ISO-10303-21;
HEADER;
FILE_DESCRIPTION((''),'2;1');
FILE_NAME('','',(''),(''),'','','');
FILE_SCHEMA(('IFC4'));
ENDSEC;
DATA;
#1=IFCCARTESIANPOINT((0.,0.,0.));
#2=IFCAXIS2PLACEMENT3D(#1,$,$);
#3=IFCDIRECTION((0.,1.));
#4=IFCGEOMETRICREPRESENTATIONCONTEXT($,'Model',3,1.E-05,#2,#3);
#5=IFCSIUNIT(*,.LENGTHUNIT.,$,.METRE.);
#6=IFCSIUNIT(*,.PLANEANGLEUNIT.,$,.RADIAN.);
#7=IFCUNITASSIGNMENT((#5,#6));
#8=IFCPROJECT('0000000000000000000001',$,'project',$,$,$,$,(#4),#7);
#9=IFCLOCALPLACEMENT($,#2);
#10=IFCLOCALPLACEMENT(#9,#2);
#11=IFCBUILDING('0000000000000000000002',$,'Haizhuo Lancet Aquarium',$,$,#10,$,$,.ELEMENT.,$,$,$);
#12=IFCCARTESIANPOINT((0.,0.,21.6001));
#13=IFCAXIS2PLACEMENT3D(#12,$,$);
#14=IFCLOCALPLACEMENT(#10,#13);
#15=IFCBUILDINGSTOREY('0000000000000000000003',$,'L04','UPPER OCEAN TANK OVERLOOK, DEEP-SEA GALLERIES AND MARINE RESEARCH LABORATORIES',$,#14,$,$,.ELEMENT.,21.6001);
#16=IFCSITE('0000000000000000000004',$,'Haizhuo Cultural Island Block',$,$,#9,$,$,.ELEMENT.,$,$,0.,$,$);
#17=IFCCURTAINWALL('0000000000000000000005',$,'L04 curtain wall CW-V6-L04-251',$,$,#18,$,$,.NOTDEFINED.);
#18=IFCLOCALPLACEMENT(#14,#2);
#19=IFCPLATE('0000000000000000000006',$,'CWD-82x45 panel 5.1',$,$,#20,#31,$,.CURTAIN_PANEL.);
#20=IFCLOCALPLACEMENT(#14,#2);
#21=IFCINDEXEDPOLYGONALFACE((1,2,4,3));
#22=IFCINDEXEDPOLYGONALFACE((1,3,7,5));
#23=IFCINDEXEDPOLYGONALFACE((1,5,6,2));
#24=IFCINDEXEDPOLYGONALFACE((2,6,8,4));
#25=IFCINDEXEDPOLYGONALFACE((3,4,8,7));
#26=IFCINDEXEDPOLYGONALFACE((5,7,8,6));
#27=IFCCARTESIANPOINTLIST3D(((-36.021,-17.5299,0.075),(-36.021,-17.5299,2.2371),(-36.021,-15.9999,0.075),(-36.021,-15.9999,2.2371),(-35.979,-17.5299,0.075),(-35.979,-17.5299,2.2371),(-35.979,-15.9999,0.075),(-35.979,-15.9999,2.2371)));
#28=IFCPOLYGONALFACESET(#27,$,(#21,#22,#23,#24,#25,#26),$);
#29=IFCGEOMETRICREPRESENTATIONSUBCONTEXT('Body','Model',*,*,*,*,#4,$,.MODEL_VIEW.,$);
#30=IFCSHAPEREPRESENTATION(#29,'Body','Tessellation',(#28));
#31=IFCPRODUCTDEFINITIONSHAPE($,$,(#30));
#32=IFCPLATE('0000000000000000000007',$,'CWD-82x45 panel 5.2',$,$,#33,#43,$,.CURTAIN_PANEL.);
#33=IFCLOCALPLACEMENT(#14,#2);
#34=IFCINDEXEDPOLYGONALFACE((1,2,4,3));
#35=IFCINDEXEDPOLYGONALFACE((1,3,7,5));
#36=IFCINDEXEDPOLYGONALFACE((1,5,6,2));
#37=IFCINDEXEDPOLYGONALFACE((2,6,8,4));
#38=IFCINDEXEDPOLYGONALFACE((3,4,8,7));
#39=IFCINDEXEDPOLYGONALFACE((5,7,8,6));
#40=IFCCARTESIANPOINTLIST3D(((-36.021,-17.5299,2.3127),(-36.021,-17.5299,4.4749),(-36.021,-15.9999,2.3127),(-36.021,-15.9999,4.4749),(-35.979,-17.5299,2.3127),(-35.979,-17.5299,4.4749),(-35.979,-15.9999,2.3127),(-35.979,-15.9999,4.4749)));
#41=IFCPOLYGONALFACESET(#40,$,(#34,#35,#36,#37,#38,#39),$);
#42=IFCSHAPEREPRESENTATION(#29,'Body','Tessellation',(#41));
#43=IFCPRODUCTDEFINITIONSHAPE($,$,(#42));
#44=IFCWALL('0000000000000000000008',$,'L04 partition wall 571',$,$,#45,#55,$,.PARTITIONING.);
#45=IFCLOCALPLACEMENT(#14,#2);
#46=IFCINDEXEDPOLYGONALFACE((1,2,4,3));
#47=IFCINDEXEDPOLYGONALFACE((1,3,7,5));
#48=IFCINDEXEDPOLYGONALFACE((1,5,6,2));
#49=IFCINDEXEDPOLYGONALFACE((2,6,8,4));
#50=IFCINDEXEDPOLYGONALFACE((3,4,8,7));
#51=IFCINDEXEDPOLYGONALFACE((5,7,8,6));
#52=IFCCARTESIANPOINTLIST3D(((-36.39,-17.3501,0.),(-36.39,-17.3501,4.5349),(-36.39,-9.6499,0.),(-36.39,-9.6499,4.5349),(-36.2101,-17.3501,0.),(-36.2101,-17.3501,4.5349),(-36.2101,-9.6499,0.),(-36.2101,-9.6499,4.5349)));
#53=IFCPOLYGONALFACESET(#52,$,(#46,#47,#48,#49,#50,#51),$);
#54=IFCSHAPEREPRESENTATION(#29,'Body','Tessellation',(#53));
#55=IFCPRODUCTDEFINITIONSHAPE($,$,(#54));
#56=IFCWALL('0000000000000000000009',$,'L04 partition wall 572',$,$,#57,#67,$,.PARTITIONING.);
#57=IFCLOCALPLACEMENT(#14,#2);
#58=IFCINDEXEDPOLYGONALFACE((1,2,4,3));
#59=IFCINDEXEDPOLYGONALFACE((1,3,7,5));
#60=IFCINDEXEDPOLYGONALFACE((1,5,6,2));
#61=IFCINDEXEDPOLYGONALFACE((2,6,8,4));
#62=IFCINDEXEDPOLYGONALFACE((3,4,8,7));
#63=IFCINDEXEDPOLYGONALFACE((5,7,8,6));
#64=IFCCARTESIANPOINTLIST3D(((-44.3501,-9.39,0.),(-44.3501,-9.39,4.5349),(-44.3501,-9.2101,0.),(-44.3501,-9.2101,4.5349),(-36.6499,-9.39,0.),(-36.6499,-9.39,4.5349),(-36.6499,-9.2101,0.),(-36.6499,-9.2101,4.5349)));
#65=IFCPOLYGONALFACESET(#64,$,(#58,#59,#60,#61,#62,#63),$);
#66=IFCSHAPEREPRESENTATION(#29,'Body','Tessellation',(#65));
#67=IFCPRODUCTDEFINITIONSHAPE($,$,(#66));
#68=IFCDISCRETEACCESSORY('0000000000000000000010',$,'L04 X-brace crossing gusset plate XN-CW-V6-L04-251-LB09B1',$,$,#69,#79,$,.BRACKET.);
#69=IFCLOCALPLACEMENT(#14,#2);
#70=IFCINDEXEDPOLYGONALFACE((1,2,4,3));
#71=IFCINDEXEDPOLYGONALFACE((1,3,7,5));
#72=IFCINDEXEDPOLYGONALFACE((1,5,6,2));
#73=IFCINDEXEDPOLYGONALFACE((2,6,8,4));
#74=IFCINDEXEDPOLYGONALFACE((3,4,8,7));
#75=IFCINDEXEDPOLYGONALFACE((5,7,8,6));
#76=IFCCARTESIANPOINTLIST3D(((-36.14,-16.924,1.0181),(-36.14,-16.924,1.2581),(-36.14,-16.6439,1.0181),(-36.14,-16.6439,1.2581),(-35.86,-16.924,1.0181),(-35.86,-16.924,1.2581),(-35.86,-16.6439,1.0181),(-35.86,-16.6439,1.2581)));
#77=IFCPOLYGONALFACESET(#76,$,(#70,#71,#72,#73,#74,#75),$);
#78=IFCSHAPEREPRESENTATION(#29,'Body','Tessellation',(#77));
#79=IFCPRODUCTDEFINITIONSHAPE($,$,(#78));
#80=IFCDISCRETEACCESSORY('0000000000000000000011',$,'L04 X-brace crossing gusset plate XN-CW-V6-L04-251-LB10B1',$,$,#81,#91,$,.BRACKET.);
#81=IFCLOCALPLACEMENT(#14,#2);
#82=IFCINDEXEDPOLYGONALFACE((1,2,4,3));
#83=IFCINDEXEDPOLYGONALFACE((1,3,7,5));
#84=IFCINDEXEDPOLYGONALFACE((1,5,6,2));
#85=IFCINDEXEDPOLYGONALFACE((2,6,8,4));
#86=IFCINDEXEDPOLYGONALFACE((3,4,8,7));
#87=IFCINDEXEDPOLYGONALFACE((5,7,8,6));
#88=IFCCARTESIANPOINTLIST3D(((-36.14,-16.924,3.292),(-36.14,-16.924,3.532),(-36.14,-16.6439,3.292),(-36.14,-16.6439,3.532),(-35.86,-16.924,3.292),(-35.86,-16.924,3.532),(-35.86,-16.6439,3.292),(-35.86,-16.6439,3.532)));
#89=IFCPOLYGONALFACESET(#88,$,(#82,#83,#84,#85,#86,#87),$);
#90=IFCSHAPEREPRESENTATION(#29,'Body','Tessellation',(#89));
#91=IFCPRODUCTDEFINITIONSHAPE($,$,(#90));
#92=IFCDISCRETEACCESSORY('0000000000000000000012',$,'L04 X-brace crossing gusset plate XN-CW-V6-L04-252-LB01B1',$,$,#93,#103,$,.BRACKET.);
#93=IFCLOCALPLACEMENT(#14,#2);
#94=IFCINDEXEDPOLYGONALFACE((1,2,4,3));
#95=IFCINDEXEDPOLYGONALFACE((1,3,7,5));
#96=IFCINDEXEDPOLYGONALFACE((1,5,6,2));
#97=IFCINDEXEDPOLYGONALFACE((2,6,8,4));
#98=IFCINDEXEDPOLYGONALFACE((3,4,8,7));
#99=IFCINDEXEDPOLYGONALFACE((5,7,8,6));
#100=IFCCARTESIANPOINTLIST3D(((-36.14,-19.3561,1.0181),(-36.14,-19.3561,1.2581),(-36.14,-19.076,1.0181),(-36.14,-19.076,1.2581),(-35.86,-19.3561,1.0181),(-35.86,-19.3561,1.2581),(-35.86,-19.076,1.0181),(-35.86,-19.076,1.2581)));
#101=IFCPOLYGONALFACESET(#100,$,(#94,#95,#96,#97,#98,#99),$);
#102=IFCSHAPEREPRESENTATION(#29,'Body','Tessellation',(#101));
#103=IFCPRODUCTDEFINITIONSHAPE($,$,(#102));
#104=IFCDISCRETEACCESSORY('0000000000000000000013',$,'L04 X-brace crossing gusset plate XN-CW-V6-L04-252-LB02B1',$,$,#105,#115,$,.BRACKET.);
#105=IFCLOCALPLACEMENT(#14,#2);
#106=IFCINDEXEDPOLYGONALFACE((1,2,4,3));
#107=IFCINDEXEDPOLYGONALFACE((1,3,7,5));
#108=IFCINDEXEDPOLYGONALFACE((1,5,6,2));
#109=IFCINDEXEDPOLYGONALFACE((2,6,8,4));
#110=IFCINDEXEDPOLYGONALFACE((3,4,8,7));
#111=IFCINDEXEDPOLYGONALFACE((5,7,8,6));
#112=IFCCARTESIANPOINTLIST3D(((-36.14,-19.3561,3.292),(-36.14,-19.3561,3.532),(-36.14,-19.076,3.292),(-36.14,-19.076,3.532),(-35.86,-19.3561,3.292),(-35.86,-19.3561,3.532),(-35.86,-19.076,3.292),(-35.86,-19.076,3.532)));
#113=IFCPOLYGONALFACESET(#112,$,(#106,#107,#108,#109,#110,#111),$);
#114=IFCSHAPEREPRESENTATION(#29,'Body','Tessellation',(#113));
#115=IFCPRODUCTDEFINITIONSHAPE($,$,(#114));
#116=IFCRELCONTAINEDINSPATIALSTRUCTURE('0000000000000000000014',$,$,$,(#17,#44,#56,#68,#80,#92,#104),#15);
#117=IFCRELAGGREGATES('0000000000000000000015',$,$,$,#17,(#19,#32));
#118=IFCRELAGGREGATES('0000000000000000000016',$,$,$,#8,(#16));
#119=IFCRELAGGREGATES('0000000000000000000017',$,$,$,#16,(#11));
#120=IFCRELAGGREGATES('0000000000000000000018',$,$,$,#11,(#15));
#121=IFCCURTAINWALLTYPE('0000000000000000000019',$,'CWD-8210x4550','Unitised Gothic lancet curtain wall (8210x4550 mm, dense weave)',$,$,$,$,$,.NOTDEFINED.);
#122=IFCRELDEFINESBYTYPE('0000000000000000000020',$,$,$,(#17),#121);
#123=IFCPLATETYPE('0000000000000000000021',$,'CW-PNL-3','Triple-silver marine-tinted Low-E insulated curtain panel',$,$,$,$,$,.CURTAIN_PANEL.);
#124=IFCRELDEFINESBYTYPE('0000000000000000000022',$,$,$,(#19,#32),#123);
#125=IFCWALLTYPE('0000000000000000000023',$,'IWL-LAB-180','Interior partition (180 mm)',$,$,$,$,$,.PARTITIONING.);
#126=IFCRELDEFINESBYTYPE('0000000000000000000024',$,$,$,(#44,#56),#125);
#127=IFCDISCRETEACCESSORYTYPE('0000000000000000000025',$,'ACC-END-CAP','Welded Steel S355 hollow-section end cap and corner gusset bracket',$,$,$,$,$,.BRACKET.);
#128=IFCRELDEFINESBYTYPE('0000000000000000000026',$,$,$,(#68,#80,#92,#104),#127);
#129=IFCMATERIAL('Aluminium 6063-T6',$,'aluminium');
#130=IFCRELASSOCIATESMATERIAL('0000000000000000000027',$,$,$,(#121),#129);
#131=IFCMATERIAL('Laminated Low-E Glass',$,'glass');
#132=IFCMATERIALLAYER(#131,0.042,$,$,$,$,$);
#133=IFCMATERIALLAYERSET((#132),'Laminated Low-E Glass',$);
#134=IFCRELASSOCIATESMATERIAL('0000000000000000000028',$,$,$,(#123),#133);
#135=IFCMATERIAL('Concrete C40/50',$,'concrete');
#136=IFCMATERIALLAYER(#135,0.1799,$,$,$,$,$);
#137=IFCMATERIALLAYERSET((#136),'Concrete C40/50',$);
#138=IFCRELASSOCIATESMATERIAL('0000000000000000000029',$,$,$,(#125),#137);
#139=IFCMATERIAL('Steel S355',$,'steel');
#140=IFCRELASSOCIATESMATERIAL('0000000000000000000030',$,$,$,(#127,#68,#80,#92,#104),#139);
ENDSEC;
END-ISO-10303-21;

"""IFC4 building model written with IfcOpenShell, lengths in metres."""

from ifc_helpers import new_model, si_unit, direction, frame, frame_2d, origin, origin_2d, place, context, subcontext, project, spatial, rectangle, extrude, material, layer, layer_set, type_object, element, aggregate, save


model = new_model("IFC4")

# Units and contexts
model_context = context("Model", 3, precision=1e-05, world=origin(), true_north=direction((0.0, 1.0)))
body_context = subcontext(model_context, "Body", "Model", "MODEL_VIEW")
ifc_project = project(units=[si_unit("LENGTHUNIT", "METRE"), si_unit("PLANEANGLEUNIT", "RADIAN")], contexts=[model_context])

# Site, building, storey
site_placement = place(None, origin())
site = spatial("IfcSite", under=ifc_project, at=site_placement, Name="Haizhuo Cultural Island Block", CompositionType="ELEMENT", RefElevation=0.0)
building_placement = place(site_placement, origin())
building = spatial("IfcBuilding", under=site, at=building_placement, Name="Haizhuo Lancet Aquarium", CompositionType="ELEMENT")
storey_placement = place(building_placement, frame((0.0, 0.0, 21.6001)))
storey = spatial("IfcBuildingStorey", under=building, at=storey_placement, Name="L04", Description="UPPER OCEAN TANK OVERLOOK, DEEP-SEA GALLERIES AND MARINE RESEARCH LABORATORIES", CompositionType="ELEMENT", Elevation=21.6001)

# Shared definitions
ifc_material_1 = material(Name="Concrete C40/50", Category="concrete")

# Shared definitions
ifc_material_2 = material(Name="Steel S355", Category="steel")

# Curtain wall
ifc_material_3 = material(Name="Aluminium 6063-T6", Category="aluminium")
curtain_wall_type = type_object("IfcCurtainWallType", Name="CWD-8210x4550", Description="Unitised Gothic lancet curtain wall (8210x4550 mm, dense weave)", PredefinedType="NOTDEFINED", material=ifc_material_3)
curtain_wall_1_placement = place(storey_placement, origin())
curtain_wall_1 = element("IfcCurtainWall", 1, at=curtain_wall_1_placement, inside=storey, type_object=curtain_wall_type, Name="L04 curtain wall CW-V6-L04-251", PredefinedType="NOTDEFINED")

# Plates
ifc_material_4 = material(Name="Laminated Low-E Glass", Category="glass")
ifc_layer_1 = layer(ifc_material_4, 0.042)
ifc_layer_set_1 = layer_set([ifc_layer_1], Name="Laminated Low-E Glass")
plate_type = type_object("IfcPlateType", Name="CW-PNL-3", Description="Triple-silver marine-tinted Low-E insulated curtain panel", PredefinedType="CURTAIN_PANEL", material=ifc_layer_set_1)
plate_1_placement = place(storey_placement, frame((-36.0, -16.7649, 0.075), z_axis=(0.0, 0.0, 1.0), x_axis=(0.0, -1.0, 0.0)))
plate_1 = element("IfcPlate", 2, at=plate_1_placement, type_object=plate_type, Name="CWD-82x45 panel 5.1", PredefinedType="CURTAIN_PANEL", context=body_context, shape_type="SweptSolid", body=[
    extrude(rectangle(XDim=1.53, YDim=0.042, at=origin_2d()), origin(), (0.0, 0.0, 1.0), 2.1621),
])
plate_2_placement = place(storey_placement, frame((-36.0, -16.7649, 2.3127), z_axis=(0.0, 0.0, 1.0), x_axis=(0.0, -1.0, 0.0)))
plate_2 = element("IfcPlate", 3, at=plate_2_placement, type_object=plate_type, Name="CWD-82x45 panel 5.2", PredefinedType="CURTAIN_PANEL", context=body_context, shape_type="SweptSolid", body=[
    extrude(rectangle(XDim=1.53, YDim=0.042, at=origin_2d()), origin(), (0.0, 0.0, 1.0), 2.1621),
])
aggregate(curtain_wall_1, [plate_1, plate_2])

# Walls
ifc_layer_2 = layer(ifc_material_1, 0.1799)
ifc_layer_set_2 = layer_set([ifc_layer_2], Name="Concrete C40/50")
wall_type = type_object("IfcWallType", Name="IWL-LAB-180", Description="Interior partition (180 mm)", PredefinedType="PARTITIONING", material=ifc_layer_set_2)
for number, where, z_axis, x_axis, name in (
    (4, (-36.3, -17.3501, 0.0), (0.0, 0.0, 1.0), (0.0, 1.0, 0.0), "L04 partition wall 571"),
    (5, (-36.6499, -9.3, 0.0), (0.0, 0.0, 1.0), (-1.0, 0.0, 0.0), "L04 partition wall 572"),
):
    element("IfcWall", number, at=place(storey_placement, frame(where, z_axis=z_axis, x_axis=x_axis)), inside=storey, type_object=wall_type, Name=name, PredefinedType="PARTITIONING", context=body_context, shape_type="SweptSolid", body=[
        extrude(rectangle(XDim=7.7002, YDim=0.1799, at=frame_2d((3.8501, 0.0))), origin(), (0.0, 0.0, 1.0), 4.5349),
    ])

# Discrete accessories
discrete_accessory_type = type_object("IfcDiscreteAccessoryType", Name="ACC-END-CAP", Description="Welded Steel S355 hollow-section end cap and corner gusset bracket", PredefinedType="BRACKET", material=ifc_material_2)
for number, where, z_axis, x_axis, name in (
    (6, (-36.0, -16.7839, 1.0181), (0.0, 0.0, 1.0), (1.0, 0.0, 0.0), "L04 X-brace crossing gusset plate XN-CW-V6-L04-251-LB09B1"),
    (7, (-36.0, -16.7839, 3.292), (0.0, 0.0, 1.0), (1.0, 0.0, 0.0), "L04 X-brace crossing gusset plate XN-CW-V6-L04-251-LB10B1"),
    (8, (-36.0, -19.2161, 1.0181), (0.0, 0.0, 1.0), (1.0, 0.0, 0.0), "L04 X-brace crossing gusset plate XN-CW-V6-L04-252-LB01B1"),
    (9, (-36.0, -19.2161, 3.292), (0.0, 0.0, 1.0), (1.0, 0.0, 0.0), "L04 X-brace crossing gusset plate XN-CW-V6-L04-252-LB02B1"),
):
    element("IfcDiscreteAccessory", number, at=place(storey_placement, frame(where, z_axis=z_axis, x_axis=x_axis)), inside=storey, type_object=discrete_accessory_type, material=ifc_material_2, Name=name, PredefinedType="BRACKET", context=body_context, shape_type="SweptSolid", body=[
        extrude(rectangle(XDim=0.28, YDim=0.28, at=origin_2d()), origin(), (0.0, 0.0, 1.0), 0.24),
    ])

save(model, "model.ifc")
